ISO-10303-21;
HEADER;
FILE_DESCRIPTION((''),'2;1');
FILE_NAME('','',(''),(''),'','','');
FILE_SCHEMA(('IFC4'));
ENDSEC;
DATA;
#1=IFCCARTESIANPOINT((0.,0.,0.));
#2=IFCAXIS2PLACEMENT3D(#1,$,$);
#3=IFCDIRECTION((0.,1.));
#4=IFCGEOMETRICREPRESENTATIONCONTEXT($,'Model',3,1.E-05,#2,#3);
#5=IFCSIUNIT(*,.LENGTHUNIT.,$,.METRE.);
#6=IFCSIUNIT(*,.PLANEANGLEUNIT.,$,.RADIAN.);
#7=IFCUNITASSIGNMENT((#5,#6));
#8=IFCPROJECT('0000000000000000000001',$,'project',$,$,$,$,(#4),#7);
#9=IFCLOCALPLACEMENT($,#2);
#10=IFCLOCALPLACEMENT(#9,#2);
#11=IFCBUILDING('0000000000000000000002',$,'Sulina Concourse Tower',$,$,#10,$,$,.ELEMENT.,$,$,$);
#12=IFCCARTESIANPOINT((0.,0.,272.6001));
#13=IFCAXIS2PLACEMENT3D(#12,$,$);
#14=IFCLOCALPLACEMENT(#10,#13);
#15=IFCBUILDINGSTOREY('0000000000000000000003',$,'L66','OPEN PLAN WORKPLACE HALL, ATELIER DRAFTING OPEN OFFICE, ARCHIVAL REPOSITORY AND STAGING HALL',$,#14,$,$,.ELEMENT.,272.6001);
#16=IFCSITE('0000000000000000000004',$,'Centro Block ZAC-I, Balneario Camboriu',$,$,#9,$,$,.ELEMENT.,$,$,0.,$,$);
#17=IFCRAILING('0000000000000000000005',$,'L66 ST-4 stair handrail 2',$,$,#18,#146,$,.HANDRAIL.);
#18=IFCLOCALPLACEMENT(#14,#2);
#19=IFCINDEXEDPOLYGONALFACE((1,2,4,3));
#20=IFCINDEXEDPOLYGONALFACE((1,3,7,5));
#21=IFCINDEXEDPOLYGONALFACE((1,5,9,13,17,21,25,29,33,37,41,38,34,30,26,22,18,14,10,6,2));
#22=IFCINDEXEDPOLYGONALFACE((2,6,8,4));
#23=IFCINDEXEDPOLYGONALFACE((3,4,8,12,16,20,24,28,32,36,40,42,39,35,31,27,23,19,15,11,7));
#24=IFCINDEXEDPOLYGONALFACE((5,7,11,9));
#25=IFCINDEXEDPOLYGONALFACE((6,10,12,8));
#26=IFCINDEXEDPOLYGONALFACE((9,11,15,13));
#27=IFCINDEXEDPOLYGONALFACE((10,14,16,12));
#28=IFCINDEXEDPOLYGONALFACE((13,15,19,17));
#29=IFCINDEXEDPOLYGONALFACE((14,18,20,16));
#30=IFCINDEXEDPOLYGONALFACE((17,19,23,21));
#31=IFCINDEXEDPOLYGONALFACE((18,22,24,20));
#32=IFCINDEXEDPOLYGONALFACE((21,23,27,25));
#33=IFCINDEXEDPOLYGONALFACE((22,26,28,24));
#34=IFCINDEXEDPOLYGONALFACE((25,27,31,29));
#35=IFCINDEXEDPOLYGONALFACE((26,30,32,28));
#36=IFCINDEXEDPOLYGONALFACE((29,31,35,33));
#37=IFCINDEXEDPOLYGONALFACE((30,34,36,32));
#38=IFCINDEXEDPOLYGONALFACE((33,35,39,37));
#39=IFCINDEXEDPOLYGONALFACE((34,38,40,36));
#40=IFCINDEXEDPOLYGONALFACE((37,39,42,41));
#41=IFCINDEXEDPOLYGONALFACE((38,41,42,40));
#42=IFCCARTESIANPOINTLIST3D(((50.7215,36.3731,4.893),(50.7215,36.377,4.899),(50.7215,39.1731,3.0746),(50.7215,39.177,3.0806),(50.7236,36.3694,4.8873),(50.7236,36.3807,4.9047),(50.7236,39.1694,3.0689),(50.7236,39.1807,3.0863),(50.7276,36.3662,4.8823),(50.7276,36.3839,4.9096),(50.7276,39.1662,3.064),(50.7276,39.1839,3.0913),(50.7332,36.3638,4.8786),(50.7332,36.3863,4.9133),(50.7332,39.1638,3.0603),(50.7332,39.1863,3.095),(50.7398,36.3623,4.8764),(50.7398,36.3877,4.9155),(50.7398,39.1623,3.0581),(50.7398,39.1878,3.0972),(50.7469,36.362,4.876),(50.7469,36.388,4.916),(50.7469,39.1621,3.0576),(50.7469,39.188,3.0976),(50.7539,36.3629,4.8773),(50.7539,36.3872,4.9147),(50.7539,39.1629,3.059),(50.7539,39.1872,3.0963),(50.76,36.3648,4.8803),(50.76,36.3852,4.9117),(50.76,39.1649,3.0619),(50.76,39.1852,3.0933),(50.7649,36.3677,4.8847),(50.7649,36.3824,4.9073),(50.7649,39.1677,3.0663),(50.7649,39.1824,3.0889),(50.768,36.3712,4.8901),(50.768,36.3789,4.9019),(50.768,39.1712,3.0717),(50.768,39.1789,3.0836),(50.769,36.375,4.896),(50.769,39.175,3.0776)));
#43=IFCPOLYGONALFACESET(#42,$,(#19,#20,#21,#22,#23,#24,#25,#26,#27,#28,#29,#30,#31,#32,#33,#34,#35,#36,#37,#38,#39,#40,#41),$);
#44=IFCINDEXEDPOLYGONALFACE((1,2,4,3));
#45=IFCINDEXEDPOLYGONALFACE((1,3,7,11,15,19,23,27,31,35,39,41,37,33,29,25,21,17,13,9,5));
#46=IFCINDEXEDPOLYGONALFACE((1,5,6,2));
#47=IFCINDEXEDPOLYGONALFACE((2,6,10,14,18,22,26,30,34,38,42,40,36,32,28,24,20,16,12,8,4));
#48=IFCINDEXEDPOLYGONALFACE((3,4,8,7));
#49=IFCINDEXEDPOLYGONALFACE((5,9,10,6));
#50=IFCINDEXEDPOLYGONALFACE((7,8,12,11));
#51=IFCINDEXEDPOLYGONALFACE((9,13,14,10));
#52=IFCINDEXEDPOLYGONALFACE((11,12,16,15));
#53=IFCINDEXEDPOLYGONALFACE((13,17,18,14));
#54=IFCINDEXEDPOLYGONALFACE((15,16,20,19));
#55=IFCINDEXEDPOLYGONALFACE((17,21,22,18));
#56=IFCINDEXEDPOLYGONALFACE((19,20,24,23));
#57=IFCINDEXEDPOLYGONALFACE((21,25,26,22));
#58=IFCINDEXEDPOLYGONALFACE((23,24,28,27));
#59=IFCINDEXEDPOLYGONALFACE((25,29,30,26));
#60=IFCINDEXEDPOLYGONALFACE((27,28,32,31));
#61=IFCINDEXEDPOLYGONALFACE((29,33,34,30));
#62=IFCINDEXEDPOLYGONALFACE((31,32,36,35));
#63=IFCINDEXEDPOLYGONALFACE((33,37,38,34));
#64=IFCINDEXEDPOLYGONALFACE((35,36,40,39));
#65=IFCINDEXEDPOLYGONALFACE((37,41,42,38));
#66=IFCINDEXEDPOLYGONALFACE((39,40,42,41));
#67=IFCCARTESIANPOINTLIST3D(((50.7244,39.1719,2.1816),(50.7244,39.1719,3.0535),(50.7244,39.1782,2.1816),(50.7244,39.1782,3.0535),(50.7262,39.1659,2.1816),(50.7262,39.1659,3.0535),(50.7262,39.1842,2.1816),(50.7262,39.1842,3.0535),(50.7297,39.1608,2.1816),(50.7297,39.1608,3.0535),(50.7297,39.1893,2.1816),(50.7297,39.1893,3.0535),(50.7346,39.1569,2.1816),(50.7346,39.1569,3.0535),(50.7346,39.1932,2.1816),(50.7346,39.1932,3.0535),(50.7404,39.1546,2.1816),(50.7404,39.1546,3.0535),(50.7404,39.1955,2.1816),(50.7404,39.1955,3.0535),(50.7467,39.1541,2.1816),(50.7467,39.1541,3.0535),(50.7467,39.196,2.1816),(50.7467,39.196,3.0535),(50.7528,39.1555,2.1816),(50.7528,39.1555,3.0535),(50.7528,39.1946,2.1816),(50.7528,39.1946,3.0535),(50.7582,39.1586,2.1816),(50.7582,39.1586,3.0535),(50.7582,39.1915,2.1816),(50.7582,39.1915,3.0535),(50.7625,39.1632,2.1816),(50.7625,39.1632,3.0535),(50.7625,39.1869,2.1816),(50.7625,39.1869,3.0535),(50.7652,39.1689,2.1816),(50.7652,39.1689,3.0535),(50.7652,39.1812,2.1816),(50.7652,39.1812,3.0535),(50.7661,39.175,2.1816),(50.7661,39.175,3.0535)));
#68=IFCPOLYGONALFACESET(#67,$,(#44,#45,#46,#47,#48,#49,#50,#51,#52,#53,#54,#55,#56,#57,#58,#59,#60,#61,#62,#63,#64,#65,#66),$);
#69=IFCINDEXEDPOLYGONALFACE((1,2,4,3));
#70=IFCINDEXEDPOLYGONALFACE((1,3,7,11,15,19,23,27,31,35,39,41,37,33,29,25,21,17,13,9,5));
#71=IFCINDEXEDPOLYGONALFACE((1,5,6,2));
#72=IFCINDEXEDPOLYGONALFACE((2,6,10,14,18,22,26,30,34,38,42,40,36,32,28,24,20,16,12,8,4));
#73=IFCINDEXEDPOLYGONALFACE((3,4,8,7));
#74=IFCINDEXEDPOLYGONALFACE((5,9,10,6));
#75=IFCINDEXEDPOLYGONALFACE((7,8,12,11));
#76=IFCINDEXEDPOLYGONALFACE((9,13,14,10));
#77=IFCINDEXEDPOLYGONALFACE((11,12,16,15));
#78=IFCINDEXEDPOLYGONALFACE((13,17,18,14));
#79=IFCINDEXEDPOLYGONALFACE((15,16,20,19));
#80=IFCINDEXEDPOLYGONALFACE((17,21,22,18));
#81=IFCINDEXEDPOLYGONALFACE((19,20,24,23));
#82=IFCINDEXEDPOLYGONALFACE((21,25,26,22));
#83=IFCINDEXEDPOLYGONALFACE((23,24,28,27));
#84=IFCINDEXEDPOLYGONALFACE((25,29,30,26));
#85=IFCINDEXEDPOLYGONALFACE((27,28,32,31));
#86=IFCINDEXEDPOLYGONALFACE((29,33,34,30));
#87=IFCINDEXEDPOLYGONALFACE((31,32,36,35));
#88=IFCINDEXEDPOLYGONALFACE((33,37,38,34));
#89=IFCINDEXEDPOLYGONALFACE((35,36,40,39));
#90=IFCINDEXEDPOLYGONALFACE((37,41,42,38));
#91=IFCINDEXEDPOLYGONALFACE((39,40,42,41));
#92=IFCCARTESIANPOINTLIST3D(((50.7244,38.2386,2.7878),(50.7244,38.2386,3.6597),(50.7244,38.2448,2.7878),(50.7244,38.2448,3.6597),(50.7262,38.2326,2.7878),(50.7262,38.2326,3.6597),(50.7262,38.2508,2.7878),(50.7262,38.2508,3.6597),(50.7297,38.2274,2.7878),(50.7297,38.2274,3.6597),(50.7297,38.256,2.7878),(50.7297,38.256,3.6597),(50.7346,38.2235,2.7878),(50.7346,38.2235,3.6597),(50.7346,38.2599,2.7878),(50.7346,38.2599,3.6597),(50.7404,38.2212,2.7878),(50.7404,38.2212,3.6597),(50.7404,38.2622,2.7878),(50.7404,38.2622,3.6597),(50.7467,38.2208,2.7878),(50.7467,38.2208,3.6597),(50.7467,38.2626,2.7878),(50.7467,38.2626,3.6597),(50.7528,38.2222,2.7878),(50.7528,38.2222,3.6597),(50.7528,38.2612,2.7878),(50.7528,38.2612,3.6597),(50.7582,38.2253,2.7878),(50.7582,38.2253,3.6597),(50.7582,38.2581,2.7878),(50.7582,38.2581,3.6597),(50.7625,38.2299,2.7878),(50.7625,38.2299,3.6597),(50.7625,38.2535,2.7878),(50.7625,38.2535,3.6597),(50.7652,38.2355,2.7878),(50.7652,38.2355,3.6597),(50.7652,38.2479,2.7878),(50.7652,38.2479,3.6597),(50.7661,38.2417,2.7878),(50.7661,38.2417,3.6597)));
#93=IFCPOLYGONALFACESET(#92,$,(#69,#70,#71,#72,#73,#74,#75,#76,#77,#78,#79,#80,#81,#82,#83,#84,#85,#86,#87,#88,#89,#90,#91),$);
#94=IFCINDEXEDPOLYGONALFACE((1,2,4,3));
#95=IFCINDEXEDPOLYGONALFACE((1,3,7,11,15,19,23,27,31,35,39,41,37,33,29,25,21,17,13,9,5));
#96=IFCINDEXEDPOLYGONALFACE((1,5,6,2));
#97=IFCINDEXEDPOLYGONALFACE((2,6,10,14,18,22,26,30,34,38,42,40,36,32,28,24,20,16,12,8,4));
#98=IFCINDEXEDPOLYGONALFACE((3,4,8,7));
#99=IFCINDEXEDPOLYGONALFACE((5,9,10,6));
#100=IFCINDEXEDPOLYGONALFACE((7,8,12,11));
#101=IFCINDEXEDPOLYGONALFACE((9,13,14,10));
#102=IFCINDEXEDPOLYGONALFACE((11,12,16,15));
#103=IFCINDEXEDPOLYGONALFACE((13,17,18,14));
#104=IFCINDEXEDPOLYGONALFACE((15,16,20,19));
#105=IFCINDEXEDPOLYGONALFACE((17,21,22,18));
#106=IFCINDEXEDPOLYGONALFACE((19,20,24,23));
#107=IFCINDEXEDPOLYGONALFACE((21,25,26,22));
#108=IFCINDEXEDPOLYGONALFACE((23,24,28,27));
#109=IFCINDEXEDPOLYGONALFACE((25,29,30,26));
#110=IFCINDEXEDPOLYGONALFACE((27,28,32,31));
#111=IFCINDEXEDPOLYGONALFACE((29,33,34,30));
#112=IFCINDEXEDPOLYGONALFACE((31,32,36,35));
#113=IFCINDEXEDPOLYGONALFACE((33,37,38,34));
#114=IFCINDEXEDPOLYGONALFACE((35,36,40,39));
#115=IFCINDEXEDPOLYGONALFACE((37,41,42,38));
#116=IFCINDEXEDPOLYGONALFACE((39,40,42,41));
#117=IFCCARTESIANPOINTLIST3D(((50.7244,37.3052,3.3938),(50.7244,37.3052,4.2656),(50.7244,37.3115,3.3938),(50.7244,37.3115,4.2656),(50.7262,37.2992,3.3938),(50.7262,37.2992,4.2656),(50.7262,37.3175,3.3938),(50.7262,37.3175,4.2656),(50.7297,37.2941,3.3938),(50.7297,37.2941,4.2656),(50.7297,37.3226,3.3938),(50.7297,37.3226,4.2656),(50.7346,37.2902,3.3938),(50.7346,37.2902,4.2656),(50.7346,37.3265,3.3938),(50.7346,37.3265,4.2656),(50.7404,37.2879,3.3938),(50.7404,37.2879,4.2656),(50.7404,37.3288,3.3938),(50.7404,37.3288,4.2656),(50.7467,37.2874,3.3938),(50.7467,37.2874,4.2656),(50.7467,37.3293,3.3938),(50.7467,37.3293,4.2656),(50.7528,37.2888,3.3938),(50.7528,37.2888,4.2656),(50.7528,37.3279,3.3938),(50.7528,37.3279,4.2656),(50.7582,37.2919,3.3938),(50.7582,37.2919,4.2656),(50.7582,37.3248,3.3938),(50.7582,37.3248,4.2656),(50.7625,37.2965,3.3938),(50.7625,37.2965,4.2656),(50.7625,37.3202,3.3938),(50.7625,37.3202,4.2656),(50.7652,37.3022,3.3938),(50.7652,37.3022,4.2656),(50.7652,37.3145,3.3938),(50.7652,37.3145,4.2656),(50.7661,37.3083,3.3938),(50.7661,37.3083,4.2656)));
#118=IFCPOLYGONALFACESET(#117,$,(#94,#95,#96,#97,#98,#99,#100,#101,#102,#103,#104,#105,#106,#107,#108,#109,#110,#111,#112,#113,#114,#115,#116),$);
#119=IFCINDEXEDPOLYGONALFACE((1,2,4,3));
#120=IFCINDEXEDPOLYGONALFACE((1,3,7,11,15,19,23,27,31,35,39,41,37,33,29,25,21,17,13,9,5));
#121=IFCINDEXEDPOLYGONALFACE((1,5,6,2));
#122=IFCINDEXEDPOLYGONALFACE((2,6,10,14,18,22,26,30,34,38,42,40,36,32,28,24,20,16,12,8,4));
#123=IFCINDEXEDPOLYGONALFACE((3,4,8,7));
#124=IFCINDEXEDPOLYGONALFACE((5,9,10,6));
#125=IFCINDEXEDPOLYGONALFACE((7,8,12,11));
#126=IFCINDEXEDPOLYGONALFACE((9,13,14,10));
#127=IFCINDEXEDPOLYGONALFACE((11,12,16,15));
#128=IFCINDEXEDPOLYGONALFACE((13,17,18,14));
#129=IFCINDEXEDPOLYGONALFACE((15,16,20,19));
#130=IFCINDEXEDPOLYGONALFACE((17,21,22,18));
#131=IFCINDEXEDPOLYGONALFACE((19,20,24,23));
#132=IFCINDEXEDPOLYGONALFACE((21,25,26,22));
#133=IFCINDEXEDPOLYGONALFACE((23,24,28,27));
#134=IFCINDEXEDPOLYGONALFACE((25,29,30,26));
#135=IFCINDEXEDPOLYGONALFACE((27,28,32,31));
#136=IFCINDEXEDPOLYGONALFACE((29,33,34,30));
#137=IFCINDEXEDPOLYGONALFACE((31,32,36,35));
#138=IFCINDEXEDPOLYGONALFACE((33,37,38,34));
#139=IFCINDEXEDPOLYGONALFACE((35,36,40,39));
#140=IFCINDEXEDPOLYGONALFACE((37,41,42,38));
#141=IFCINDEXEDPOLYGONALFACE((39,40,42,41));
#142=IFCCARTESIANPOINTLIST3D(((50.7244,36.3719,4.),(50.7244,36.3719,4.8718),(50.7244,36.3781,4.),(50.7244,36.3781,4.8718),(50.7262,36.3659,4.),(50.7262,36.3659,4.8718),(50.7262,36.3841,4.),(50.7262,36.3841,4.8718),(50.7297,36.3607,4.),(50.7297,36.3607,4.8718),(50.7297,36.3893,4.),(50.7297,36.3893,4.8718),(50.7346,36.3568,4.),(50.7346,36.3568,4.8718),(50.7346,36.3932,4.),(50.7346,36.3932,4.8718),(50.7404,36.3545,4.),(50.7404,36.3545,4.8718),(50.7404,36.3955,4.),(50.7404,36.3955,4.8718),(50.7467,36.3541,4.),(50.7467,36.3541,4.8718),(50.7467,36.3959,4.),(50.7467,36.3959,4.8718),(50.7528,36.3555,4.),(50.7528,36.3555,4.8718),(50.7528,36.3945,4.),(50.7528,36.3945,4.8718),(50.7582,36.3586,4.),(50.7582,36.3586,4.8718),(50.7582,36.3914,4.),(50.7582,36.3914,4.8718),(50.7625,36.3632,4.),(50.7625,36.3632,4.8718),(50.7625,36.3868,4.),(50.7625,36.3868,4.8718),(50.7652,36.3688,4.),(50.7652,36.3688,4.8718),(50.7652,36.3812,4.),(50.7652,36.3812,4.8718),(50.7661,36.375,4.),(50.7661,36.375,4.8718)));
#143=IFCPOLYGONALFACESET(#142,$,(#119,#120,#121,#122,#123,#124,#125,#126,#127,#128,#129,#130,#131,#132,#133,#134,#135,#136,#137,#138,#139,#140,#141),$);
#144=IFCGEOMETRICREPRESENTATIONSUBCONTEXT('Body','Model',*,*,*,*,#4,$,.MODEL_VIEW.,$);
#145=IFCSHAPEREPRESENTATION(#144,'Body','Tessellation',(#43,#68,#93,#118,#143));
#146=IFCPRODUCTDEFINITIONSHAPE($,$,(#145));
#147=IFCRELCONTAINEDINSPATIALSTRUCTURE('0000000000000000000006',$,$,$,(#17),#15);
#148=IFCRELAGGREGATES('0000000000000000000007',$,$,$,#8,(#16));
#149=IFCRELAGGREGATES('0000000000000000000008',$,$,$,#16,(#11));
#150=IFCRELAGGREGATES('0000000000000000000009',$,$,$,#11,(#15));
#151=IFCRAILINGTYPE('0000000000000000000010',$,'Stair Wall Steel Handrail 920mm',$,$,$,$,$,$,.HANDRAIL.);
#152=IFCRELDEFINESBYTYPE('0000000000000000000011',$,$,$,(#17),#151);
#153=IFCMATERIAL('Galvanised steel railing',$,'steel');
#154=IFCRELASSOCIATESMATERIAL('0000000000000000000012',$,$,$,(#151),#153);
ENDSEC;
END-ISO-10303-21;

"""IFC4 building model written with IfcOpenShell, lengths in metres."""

from ifc_helpers import new_model, si_unit, direction, frame, origin, origin_2d, place, context, subcontext, project, spatial, circle, extrude, material, type_object, element, save


model = new_model("IFC4")

# Units and contexts
model_context = context("Model", 3, precision=1e-05, world=origin(), true_north=direction((0.0, 1.0)))
body_context = subcontext(model_context, "Body", "Model", "MODEL_VIEW")
ifc_project = project(units=[si_unit("LENGTHUNIT", "METRE"), si_unit("PLANEANGLEUNIT", "RADIAN")], contexts=[model_context])

# Site, building, storey
site_placement = place(None, origin())
site = spatial("IfcSite", under=ifc_project, at=site_placement, Name="Centro Block ZAC-I, Balneario Camboriu", CompositionType="ELEMENT", RefElevation=0.0)
building_placement = place(site_placement, origin())
building = spatial("IfcBuilding", under=site, at=building_placement, Name="Sulina Concourse Tower", CompositionType="ELEMENT")
storey_placement = place(building_placement, frame((0.0, 0.0, 272.6001)))
storey = spatial("IfcBuildingStorey", under=building, at=storey_placement, Name="L66", Description="OPEN PLAN WORKPLACE HALL, ATELIER DRAFTING OPEN OFFICE, ARCHIVAL REPOSITORY AND STAGING HALL", CompositionType="ELEMENT", Elevation=272.6001)

# Railing
ifc_material_1 = material(Name="Galvanised steel railing", Category="steel")
railing_type_1 = type_object("IfcRailingType", Name="Stair Wall Steel Handrail 920mm", PredefinedType="HANDRAIL", material=ifc_material_1)
railing_1_placement = place(storey_placement, frame((50.7451, 39.175, 2.1816)))
element("IfcRailing", 1, at=railing_1_placement, inside=storey, type_object=railing_type_1, Name="L66 ST-4 stair handrail 2", PredefinedType="HANDRAIL", context=body_context, shape_type="SweptSolid", body=[
    extrude(circle(Radius=0.0239, at=origin_2d()), frame((0.0, 0.0, 0.896), z_axis=(0.0, -0.838672, 0.544636), x_axis=(1.0, 0.0, 0.0)), (0.0, 0.0, 1.0), 3.3386),
    extrude(circle(Radius=0.021, at=origin_2d()), origin(), (0.0, 0.0, 1.0), 0.8718),
    extrude(circle(Radius=0.021, at=origin_2d()), frame((0.0, -0.9333, 0.6062)), (0.0, 0.0, 1.0), 0.8718),
    extrude(circle(Radius=0.021, at=origin_2d()), frame((0.0, -1.8667, 1.2122)), (0.0, 0.0, 1.0), 0.8718),
    extrude(circle(Radius=0.021, at=origin_2d()), frame((0.0, -2.8, 1.8184)), (0.0, 0.0, 1.0), 0.8718),
])

save(model, "model.ifc")
